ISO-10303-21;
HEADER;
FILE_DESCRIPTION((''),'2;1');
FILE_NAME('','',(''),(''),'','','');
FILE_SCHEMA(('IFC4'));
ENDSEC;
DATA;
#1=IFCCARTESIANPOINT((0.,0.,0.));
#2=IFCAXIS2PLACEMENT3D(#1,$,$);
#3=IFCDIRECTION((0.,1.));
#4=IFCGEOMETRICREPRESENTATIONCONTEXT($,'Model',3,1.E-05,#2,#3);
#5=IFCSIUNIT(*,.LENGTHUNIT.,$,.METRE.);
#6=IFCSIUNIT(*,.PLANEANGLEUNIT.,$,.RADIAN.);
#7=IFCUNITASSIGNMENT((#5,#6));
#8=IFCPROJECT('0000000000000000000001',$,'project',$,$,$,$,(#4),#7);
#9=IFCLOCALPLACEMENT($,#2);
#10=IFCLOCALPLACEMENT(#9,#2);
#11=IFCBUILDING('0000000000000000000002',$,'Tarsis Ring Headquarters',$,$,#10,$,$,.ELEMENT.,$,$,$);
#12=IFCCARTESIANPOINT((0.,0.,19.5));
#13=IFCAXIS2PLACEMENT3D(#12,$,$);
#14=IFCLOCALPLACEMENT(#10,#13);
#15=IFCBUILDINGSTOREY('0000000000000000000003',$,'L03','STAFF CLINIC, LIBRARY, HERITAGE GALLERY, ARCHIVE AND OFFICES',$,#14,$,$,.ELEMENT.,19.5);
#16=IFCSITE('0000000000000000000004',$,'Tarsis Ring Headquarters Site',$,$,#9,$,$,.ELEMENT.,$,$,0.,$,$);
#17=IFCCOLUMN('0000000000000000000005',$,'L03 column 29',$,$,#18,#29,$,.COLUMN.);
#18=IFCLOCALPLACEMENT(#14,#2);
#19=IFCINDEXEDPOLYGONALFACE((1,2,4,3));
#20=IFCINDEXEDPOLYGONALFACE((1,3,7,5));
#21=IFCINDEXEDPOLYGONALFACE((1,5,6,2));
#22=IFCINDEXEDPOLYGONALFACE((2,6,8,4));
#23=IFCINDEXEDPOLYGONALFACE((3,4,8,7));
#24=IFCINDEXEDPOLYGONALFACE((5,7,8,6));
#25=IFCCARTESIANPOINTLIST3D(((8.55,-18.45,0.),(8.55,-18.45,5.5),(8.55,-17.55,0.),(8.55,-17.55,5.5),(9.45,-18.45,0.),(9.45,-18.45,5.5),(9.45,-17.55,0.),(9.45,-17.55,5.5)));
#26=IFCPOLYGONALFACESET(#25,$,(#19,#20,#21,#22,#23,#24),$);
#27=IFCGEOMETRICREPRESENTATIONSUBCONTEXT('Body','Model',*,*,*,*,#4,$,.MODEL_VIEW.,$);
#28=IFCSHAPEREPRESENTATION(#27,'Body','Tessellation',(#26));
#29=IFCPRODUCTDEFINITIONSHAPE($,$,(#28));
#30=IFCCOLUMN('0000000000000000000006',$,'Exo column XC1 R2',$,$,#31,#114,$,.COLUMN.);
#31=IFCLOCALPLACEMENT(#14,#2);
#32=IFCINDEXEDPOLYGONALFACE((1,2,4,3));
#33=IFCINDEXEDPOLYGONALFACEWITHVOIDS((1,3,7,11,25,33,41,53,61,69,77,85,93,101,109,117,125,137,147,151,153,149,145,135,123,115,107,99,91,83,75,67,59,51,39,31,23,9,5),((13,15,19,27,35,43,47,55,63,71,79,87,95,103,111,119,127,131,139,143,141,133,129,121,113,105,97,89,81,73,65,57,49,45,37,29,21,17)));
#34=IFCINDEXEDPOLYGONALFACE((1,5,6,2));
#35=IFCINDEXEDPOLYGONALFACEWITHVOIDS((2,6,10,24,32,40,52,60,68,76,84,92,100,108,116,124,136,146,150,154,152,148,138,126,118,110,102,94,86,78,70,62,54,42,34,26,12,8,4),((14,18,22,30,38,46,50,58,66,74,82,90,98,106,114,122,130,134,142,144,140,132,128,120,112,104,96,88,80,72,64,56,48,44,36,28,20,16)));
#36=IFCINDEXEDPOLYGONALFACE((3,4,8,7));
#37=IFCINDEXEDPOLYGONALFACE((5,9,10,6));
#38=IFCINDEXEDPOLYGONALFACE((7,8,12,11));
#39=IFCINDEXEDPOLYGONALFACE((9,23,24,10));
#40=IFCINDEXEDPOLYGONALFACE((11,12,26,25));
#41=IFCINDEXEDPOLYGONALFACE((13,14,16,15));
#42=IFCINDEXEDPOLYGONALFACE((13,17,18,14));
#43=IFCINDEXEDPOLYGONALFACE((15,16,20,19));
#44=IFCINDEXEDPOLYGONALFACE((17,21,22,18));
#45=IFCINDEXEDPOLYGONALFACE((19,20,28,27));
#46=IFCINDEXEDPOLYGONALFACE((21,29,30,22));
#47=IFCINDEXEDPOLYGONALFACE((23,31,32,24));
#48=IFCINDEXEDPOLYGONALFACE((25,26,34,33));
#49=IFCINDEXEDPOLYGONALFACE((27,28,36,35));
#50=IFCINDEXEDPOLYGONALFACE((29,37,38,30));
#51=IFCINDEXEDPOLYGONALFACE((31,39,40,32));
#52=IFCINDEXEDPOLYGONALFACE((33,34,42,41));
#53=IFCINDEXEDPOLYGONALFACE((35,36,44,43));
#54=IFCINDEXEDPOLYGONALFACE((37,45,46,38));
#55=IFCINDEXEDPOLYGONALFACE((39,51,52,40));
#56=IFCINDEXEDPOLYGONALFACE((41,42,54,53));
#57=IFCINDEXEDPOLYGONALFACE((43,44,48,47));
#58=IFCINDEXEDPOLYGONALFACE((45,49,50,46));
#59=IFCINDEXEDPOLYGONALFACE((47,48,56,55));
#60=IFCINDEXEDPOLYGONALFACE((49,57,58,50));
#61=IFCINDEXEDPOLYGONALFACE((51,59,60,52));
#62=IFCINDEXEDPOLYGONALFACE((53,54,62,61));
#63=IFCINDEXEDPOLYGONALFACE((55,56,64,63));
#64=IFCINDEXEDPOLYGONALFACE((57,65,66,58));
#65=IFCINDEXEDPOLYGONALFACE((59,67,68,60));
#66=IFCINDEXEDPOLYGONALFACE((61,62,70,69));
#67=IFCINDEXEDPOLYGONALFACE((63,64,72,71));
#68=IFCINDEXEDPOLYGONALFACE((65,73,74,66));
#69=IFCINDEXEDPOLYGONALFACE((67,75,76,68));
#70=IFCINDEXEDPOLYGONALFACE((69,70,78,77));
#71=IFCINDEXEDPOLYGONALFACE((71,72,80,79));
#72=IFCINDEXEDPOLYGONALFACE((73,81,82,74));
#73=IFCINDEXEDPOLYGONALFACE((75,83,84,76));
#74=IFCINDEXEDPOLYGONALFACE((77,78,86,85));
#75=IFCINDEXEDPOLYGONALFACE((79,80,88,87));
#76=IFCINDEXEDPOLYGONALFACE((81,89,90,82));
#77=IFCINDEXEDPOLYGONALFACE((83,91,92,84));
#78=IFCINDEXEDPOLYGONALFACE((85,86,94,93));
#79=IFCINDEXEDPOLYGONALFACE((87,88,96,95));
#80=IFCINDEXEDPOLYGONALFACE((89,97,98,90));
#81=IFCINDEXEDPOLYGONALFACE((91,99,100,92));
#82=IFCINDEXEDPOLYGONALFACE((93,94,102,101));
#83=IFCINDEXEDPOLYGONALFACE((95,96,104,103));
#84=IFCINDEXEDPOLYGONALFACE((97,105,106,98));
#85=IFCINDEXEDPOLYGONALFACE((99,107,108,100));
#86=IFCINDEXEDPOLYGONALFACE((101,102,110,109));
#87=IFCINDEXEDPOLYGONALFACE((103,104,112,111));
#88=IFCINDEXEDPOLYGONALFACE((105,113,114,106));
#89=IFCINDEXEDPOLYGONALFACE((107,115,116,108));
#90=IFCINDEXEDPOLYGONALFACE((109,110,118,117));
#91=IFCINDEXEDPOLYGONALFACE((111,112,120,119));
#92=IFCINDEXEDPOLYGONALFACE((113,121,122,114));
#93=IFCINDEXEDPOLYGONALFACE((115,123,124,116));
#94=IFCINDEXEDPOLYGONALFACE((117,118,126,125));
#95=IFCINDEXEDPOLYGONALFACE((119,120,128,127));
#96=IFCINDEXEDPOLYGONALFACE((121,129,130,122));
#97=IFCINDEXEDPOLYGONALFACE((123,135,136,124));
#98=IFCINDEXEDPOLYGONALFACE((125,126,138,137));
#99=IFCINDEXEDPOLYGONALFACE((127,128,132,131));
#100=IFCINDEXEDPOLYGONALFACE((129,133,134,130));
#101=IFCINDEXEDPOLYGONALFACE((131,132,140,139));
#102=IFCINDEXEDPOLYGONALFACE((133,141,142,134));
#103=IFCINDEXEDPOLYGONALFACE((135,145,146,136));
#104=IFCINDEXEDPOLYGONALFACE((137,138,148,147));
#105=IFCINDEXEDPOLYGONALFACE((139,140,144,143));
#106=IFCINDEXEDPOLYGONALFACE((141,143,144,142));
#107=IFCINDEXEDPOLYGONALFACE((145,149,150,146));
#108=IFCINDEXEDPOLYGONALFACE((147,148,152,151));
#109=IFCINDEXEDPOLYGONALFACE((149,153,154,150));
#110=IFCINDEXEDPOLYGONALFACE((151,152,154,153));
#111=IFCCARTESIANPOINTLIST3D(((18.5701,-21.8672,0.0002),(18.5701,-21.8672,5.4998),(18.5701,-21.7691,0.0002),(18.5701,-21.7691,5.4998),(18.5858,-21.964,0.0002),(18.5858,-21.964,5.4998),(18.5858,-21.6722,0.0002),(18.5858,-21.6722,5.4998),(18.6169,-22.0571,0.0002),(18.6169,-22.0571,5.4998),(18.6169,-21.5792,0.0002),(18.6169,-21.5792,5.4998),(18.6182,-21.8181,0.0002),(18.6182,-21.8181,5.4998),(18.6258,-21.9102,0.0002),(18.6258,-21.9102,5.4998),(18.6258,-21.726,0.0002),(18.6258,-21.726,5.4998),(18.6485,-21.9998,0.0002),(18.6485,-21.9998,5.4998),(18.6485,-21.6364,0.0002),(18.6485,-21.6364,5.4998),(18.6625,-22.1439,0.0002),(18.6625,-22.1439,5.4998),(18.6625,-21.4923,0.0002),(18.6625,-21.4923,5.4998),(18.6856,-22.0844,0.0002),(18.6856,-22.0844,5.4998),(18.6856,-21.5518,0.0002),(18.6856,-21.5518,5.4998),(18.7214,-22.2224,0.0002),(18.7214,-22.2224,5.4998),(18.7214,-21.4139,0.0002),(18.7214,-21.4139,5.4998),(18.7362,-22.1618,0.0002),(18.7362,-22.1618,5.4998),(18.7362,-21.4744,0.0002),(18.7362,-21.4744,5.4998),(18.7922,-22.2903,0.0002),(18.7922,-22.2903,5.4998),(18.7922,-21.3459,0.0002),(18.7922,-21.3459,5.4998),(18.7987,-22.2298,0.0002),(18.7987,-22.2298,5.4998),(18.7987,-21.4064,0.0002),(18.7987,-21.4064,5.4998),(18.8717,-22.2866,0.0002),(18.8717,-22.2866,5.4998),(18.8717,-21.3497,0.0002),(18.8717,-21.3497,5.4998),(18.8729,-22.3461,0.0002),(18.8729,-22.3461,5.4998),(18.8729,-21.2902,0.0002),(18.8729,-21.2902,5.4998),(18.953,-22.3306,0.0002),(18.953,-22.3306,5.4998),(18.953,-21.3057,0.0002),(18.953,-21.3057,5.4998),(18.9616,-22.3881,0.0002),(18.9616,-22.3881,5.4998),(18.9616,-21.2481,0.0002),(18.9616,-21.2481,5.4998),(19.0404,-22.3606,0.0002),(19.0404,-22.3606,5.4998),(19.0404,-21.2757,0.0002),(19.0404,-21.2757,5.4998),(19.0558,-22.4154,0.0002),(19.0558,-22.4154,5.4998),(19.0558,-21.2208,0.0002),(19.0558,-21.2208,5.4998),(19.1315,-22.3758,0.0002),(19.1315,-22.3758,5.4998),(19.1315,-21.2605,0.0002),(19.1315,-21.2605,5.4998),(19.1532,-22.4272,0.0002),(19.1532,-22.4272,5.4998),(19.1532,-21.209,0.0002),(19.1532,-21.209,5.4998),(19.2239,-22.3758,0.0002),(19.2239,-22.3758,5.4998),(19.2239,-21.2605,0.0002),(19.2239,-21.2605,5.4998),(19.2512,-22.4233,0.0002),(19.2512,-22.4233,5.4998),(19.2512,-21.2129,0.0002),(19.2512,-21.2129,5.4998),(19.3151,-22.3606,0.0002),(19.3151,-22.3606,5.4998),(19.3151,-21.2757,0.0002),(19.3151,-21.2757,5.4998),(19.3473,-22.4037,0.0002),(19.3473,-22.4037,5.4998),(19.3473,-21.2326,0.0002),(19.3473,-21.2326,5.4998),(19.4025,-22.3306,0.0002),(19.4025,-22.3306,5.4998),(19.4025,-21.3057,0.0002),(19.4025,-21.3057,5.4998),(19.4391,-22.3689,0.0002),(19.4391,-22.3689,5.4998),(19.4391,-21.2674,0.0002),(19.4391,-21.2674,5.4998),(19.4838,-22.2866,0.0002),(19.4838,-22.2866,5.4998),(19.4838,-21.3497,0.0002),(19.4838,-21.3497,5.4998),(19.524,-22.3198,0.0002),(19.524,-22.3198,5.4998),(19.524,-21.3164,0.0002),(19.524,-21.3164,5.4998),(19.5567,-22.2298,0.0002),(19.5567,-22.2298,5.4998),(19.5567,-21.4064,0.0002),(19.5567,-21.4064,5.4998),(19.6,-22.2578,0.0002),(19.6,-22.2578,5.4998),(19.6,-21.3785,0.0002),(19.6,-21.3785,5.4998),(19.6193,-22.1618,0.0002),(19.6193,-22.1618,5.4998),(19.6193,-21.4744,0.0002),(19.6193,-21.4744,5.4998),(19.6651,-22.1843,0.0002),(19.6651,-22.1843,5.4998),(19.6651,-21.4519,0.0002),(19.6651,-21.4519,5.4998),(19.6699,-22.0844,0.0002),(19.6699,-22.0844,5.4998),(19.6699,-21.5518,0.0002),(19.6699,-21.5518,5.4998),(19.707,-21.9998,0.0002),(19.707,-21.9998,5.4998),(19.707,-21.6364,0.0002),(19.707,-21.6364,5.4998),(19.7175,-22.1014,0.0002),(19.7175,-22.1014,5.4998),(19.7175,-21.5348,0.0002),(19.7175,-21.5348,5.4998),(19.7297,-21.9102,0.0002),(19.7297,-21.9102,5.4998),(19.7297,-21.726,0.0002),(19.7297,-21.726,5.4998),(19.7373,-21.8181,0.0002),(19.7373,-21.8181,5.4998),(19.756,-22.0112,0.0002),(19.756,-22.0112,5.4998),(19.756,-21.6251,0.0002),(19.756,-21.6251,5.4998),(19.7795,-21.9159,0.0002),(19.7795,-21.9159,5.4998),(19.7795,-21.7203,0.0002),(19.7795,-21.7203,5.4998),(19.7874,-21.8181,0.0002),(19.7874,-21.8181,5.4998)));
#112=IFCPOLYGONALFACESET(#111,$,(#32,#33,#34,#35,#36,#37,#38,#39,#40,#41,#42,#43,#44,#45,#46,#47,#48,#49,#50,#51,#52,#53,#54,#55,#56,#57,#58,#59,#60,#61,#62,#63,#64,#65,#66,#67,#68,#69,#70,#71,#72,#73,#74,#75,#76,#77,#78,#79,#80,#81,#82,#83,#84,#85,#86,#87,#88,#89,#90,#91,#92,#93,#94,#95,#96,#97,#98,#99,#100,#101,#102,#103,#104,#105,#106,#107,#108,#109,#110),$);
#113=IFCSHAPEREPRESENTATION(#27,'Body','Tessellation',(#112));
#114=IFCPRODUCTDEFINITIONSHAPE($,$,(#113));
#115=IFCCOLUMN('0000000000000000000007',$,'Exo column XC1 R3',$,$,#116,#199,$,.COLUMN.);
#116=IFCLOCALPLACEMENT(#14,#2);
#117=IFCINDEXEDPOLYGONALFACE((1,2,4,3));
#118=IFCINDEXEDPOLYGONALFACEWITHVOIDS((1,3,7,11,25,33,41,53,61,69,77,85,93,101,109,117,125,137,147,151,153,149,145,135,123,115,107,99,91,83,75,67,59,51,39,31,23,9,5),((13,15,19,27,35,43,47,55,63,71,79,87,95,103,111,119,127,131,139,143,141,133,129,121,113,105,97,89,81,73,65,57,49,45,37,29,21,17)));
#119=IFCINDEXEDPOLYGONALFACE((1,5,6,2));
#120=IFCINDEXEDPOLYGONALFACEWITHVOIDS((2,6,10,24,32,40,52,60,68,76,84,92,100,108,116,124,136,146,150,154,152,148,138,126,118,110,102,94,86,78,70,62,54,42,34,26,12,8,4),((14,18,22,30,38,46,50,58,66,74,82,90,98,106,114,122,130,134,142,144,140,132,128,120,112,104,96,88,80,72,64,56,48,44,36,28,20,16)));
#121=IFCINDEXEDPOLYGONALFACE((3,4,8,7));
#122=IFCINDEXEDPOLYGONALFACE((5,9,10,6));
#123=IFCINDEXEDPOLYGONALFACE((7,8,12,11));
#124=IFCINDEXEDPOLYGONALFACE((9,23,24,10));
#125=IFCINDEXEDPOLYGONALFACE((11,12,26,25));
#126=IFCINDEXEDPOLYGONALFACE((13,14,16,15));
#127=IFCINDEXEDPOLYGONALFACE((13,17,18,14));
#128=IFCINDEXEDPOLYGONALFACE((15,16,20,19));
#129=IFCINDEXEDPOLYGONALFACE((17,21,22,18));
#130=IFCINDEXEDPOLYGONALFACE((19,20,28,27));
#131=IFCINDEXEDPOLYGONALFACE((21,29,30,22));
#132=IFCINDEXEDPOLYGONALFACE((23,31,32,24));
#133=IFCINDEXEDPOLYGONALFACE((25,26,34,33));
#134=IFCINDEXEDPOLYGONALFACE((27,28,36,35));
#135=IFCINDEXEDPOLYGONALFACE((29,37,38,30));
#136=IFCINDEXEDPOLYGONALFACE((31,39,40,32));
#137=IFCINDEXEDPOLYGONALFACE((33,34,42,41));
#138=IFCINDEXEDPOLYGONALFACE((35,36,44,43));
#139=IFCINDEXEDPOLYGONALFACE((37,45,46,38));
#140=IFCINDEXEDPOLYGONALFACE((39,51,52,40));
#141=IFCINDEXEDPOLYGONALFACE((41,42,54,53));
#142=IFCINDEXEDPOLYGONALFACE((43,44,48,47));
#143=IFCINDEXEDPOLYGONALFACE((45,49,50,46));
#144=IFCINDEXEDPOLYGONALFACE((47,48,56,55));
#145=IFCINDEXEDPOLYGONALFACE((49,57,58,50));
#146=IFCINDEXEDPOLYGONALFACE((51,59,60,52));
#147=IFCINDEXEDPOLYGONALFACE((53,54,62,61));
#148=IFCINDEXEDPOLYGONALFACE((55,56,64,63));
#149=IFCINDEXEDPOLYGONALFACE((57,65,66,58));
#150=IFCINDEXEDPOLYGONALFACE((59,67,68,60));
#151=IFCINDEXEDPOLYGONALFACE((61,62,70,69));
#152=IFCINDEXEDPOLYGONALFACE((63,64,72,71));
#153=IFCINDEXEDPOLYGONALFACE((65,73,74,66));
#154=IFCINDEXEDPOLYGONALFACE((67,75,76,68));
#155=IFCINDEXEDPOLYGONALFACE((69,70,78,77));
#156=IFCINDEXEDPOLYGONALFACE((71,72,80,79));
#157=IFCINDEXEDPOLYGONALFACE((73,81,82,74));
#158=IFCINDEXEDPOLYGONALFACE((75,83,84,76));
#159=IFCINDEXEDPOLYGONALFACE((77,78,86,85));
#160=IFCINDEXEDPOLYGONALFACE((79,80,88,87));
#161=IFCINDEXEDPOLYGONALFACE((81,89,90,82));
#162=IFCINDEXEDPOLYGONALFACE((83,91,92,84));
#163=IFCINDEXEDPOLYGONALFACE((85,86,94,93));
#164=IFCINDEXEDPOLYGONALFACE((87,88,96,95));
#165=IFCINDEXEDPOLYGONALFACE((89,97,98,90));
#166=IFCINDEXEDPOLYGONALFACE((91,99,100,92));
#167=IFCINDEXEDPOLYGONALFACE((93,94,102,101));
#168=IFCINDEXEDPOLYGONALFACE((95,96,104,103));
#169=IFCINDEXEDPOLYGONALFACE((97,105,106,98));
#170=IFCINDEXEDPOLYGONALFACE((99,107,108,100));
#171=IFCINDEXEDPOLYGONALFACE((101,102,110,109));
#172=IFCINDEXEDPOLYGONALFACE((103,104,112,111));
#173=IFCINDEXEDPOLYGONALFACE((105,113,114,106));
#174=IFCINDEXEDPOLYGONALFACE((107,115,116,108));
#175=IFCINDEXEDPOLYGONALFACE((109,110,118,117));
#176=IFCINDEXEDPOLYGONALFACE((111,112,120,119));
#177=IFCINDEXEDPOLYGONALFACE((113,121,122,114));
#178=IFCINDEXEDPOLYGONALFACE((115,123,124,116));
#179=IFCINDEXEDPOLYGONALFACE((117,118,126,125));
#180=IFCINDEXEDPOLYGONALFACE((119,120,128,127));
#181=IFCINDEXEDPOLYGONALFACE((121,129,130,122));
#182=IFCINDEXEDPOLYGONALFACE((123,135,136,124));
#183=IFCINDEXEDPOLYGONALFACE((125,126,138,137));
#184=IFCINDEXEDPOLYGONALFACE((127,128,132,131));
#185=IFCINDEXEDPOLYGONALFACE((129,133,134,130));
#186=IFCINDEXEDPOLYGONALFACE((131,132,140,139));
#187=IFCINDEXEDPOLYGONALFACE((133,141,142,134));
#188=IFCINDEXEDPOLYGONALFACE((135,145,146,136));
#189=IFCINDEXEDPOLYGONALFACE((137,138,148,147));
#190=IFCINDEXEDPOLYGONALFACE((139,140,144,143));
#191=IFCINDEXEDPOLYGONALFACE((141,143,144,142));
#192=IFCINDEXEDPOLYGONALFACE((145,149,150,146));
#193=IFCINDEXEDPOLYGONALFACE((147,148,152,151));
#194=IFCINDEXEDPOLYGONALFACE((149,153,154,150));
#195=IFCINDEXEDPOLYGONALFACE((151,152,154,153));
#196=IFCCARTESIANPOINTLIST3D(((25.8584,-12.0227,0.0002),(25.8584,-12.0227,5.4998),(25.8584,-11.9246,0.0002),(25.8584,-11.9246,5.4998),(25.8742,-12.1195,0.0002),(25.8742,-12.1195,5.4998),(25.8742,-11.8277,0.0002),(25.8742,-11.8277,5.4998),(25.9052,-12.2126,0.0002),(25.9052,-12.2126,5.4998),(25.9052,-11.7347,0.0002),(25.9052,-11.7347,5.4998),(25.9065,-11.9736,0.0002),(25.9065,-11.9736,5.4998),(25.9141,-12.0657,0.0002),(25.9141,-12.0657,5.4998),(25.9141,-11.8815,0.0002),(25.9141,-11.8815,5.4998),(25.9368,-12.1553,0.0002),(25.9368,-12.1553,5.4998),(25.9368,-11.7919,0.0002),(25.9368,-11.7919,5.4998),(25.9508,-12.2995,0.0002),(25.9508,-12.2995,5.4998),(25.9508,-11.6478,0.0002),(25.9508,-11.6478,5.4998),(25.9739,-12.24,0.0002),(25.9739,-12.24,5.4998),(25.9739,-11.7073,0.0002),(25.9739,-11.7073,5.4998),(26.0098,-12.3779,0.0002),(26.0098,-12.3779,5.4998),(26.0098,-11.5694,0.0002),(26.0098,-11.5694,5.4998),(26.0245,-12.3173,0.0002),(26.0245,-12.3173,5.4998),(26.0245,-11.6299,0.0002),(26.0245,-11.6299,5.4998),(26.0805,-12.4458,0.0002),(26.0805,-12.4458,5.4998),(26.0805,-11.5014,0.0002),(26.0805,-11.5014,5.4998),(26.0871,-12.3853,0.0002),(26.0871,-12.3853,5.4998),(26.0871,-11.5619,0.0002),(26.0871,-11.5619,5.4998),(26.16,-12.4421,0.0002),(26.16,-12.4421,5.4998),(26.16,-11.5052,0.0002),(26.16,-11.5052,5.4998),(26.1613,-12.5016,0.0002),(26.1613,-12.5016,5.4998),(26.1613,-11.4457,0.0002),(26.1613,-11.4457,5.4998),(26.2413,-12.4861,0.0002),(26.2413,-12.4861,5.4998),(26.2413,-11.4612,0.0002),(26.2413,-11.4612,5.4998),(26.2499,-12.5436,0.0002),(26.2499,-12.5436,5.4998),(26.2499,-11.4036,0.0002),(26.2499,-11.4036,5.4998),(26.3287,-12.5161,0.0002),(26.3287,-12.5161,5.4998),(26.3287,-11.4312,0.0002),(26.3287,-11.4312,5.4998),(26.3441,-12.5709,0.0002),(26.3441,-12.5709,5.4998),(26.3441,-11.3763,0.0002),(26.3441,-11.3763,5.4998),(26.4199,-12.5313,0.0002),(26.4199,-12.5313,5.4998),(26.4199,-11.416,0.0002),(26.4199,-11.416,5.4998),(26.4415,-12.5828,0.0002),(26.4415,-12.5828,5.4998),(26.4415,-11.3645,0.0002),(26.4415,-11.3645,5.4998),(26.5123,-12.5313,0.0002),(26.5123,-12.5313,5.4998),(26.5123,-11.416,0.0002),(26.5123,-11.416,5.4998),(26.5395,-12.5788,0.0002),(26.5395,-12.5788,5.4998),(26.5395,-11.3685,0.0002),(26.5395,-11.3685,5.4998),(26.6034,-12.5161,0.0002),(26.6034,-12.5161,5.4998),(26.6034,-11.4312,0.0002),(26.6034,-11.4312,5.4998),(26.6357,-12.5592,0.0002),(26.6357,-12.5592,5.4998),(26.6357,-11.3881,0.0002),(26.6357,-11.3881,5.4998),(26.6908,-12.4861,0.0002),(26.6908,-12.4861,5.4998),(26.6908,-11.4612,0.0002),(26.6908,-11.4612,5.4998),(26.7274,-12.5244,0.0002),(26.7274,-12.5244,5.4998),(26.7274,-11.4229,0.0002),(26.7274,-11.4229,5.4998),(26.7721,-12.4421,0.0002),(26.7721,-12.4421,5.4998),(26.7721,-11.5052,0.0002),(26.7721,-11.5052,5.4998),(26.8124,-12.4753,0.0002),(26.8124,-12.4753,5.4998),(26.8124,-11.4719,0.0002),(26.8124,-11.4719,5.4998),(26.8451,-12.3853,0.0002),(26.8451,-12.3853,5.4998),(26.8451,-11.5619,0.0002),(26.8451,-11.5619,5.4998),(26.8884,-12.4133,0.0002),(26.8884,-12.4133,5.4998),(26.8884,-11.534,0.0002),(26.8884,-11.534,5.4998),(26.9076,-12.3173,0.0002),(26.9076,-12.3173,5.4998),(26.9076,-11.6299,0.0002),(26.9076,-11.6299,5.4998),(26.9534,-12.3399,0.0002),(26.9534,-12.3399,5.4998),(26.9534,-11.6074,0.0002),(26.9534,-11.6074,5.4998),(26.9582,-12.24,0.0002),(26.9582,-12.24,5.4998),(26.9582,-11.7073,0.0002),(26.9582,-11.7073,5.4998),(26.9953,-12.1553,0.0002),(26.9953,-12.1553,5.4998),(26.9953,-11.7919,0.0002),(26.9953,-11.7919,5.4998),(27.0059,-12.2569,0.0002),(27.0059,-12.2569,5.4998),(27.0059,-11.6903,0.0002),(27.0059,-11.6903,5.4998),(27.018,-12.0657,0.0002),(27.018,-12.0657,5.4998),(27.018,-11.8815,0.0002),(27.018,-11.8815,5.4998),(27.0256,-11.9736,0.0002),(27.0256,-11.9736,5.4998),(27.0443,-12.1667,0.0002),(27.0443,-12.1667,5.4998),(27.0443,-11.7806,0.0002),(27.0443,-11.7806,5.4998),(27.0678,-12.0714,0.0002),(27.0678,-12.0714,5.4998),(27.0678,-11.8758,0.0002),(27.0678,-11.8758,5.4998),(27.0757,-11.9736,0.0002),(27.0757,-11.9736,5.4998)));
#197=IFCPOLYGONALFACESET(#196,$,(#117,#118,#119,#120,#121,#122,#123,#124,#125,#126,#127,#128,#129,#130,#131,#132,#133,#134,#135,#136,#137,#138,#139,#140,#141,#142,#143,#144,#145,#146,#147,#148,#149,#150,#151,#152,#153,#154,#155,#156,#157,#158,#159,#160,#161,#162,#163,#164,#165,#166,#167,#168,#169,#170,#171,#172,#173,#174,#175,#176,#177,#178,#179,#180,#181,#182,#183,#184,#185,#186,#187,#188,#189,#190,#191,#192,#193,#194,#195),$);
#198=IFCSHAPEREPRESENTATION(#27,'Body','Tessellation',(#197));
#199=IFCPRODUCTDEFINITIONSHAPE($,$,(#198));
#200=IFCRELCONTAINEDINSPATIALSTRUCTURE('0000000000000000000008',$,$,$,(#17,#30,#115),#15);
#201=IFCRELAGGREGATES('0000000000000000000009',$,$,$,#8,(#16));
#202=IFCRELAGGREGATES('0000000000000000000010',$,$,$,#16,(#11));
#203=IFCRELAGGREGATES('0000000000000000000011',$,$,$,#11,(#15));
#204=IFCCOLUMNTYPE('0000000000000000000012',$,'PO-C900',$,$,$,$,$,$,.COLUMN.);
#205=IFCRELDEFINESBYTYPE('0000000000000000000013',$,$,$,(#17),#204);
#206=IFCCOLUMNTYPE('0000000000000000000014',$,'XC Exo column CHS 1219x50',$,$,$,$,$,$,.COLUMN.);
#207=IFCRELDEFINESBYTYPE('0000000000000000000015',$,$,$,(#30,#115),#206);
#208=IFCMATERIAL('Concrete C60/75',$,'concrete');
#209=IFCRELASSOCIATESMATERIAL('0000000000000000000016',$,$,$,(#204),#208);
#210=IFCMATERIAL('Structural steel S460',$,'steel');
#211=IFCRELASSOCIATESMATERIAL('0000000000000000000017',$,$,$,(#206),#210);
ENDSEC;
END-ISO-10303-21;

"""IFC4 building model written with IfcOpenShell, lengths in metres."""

from ifc_helpers import new_model, si_unit, direction, frame, origin, origin_2d, place, context, subcontext, project, spatial, rectangle, hollow_circle, extrude, material, material_profile, profile_set, type_object, element, save


model = new_model("IFC4")

# Units and contexts
model_context = context("Model", 3, precision=1e-05, world=origin(), true_north=direction((0.0, 1.0)))
body_context = subcontext(model_context, "Body", "Model", "MODEL_VIEW")
ifc_project = project(units=[si_unit("LENGTHUNIT", "METRE"), si_unit("PLANEANGLEUNIT", "RADIAN")], contexts=[model_context])

# Site, building, storey
site_placement = place(None, origin())
site = spatial("IfcSite", under=ifc_project, at=site_placement, Name="Tarsis Ring Headquarters Site", CompositionType="ELEMENT", RefElevation=0.0)
building_placement = place(site_placement, origin())
building = spatial("IfcBuilding", under=site, at=building_placement, Name="Tarsis Ring Headquarters", CompositionType="ELEMENT")
storey_placement = place(building_placement, frame((0.0, 0.0, 19.5)))
storey = spatial("IfcBuildingStorey", under=building, at=storey_placement, Name="L03", Description="STAFF CLINIC, LIBRARY, HERITAGE GALLERY, ARCHIVE AND OFFICES", CompositionType="ELEMENT", Elevation=19.5)

# Columns
ifc_material_1 = material(Name="Concrete C60/75", Category="concrete")
ifc_material_profile_1 = material_profile(ifc_material_1, rectangle(XDim=0.8999, YDim=0.8999, at=origin_2d()), Name="PO-C900")
ifc_profile_set_1 = profile_set([ifc_material_profile_1], Name="Concrete C60/75")
column_type_1 = type_object("IfcColumnType", Name="PO-C900", PredefinedType="COLUMN", material=ifc_profile_set_1)
column_placement = place(storey_placement, frame((9.0, -18.0, 0.0), z_axis=(0.0, 0.0, 1.0), x_axis=(1.0, 0.0, 0.0)))
element("IfcColumn", 1, at=column_placement, inside=storey, type_object=column_type_1, Name="L03 column 29", PredefinedType="COLUMN", context=body_context, shape_type="SweptSolid", body=[
    extrude(rectangle(XDim=0.8999, YDim=0.8999, at=origin_2d()), origin(), (0.0, 0.0, 1.0), 5.5),
])
ifc_material_2 = material(Name="Structural steel S460", Category="steel")
ifc_material_profile_2 = material_profile(ifc_material_2, hollow_circle(Radius=0.6096, WallThickness=0.05, at=origin_2d()), Name="CHS 1219x50")
ifc_profile_set_2 = profile_set([ifc_material_profile_2], Name="Structural steel S460")
column_type_2 = type_object("IfcColumnType", Name="XC Exo column CHS 1219x50", PredefinedType="COLUMN", material=ifc_profile_set_2)
for number, where, z_axis, x_axis, name in (
    (2, (19.1777, -21.8181, 0.0002), (0.0, 0.0, 1.0), (1.0, 0.0, 0.0), "Exo column XC1 R2"),
    (3, (26.4661, -11.9736, 0.0002), (0.0, 0.0, 1.0), (1.0, 0.0, 0.0), "Exo column XC1 R3"),
):
    element("IfcColumn", number, at=place(storey_placement, frame(where, z_axis=z_axis, x_axis=x_axis)), inside=storey, type_object=column_type_2, Name=name, PredefinedType="COLUMN", context=body_context, shape_type="SweptSolid", body=[
        extrude(hollow_circle(Radius=0.6096, WallThickness=0.05, at=origin_2d()), origin(), (0.0, 0.0, 1.0), 5.4995),
    ])

save(model, "model.ifc")
